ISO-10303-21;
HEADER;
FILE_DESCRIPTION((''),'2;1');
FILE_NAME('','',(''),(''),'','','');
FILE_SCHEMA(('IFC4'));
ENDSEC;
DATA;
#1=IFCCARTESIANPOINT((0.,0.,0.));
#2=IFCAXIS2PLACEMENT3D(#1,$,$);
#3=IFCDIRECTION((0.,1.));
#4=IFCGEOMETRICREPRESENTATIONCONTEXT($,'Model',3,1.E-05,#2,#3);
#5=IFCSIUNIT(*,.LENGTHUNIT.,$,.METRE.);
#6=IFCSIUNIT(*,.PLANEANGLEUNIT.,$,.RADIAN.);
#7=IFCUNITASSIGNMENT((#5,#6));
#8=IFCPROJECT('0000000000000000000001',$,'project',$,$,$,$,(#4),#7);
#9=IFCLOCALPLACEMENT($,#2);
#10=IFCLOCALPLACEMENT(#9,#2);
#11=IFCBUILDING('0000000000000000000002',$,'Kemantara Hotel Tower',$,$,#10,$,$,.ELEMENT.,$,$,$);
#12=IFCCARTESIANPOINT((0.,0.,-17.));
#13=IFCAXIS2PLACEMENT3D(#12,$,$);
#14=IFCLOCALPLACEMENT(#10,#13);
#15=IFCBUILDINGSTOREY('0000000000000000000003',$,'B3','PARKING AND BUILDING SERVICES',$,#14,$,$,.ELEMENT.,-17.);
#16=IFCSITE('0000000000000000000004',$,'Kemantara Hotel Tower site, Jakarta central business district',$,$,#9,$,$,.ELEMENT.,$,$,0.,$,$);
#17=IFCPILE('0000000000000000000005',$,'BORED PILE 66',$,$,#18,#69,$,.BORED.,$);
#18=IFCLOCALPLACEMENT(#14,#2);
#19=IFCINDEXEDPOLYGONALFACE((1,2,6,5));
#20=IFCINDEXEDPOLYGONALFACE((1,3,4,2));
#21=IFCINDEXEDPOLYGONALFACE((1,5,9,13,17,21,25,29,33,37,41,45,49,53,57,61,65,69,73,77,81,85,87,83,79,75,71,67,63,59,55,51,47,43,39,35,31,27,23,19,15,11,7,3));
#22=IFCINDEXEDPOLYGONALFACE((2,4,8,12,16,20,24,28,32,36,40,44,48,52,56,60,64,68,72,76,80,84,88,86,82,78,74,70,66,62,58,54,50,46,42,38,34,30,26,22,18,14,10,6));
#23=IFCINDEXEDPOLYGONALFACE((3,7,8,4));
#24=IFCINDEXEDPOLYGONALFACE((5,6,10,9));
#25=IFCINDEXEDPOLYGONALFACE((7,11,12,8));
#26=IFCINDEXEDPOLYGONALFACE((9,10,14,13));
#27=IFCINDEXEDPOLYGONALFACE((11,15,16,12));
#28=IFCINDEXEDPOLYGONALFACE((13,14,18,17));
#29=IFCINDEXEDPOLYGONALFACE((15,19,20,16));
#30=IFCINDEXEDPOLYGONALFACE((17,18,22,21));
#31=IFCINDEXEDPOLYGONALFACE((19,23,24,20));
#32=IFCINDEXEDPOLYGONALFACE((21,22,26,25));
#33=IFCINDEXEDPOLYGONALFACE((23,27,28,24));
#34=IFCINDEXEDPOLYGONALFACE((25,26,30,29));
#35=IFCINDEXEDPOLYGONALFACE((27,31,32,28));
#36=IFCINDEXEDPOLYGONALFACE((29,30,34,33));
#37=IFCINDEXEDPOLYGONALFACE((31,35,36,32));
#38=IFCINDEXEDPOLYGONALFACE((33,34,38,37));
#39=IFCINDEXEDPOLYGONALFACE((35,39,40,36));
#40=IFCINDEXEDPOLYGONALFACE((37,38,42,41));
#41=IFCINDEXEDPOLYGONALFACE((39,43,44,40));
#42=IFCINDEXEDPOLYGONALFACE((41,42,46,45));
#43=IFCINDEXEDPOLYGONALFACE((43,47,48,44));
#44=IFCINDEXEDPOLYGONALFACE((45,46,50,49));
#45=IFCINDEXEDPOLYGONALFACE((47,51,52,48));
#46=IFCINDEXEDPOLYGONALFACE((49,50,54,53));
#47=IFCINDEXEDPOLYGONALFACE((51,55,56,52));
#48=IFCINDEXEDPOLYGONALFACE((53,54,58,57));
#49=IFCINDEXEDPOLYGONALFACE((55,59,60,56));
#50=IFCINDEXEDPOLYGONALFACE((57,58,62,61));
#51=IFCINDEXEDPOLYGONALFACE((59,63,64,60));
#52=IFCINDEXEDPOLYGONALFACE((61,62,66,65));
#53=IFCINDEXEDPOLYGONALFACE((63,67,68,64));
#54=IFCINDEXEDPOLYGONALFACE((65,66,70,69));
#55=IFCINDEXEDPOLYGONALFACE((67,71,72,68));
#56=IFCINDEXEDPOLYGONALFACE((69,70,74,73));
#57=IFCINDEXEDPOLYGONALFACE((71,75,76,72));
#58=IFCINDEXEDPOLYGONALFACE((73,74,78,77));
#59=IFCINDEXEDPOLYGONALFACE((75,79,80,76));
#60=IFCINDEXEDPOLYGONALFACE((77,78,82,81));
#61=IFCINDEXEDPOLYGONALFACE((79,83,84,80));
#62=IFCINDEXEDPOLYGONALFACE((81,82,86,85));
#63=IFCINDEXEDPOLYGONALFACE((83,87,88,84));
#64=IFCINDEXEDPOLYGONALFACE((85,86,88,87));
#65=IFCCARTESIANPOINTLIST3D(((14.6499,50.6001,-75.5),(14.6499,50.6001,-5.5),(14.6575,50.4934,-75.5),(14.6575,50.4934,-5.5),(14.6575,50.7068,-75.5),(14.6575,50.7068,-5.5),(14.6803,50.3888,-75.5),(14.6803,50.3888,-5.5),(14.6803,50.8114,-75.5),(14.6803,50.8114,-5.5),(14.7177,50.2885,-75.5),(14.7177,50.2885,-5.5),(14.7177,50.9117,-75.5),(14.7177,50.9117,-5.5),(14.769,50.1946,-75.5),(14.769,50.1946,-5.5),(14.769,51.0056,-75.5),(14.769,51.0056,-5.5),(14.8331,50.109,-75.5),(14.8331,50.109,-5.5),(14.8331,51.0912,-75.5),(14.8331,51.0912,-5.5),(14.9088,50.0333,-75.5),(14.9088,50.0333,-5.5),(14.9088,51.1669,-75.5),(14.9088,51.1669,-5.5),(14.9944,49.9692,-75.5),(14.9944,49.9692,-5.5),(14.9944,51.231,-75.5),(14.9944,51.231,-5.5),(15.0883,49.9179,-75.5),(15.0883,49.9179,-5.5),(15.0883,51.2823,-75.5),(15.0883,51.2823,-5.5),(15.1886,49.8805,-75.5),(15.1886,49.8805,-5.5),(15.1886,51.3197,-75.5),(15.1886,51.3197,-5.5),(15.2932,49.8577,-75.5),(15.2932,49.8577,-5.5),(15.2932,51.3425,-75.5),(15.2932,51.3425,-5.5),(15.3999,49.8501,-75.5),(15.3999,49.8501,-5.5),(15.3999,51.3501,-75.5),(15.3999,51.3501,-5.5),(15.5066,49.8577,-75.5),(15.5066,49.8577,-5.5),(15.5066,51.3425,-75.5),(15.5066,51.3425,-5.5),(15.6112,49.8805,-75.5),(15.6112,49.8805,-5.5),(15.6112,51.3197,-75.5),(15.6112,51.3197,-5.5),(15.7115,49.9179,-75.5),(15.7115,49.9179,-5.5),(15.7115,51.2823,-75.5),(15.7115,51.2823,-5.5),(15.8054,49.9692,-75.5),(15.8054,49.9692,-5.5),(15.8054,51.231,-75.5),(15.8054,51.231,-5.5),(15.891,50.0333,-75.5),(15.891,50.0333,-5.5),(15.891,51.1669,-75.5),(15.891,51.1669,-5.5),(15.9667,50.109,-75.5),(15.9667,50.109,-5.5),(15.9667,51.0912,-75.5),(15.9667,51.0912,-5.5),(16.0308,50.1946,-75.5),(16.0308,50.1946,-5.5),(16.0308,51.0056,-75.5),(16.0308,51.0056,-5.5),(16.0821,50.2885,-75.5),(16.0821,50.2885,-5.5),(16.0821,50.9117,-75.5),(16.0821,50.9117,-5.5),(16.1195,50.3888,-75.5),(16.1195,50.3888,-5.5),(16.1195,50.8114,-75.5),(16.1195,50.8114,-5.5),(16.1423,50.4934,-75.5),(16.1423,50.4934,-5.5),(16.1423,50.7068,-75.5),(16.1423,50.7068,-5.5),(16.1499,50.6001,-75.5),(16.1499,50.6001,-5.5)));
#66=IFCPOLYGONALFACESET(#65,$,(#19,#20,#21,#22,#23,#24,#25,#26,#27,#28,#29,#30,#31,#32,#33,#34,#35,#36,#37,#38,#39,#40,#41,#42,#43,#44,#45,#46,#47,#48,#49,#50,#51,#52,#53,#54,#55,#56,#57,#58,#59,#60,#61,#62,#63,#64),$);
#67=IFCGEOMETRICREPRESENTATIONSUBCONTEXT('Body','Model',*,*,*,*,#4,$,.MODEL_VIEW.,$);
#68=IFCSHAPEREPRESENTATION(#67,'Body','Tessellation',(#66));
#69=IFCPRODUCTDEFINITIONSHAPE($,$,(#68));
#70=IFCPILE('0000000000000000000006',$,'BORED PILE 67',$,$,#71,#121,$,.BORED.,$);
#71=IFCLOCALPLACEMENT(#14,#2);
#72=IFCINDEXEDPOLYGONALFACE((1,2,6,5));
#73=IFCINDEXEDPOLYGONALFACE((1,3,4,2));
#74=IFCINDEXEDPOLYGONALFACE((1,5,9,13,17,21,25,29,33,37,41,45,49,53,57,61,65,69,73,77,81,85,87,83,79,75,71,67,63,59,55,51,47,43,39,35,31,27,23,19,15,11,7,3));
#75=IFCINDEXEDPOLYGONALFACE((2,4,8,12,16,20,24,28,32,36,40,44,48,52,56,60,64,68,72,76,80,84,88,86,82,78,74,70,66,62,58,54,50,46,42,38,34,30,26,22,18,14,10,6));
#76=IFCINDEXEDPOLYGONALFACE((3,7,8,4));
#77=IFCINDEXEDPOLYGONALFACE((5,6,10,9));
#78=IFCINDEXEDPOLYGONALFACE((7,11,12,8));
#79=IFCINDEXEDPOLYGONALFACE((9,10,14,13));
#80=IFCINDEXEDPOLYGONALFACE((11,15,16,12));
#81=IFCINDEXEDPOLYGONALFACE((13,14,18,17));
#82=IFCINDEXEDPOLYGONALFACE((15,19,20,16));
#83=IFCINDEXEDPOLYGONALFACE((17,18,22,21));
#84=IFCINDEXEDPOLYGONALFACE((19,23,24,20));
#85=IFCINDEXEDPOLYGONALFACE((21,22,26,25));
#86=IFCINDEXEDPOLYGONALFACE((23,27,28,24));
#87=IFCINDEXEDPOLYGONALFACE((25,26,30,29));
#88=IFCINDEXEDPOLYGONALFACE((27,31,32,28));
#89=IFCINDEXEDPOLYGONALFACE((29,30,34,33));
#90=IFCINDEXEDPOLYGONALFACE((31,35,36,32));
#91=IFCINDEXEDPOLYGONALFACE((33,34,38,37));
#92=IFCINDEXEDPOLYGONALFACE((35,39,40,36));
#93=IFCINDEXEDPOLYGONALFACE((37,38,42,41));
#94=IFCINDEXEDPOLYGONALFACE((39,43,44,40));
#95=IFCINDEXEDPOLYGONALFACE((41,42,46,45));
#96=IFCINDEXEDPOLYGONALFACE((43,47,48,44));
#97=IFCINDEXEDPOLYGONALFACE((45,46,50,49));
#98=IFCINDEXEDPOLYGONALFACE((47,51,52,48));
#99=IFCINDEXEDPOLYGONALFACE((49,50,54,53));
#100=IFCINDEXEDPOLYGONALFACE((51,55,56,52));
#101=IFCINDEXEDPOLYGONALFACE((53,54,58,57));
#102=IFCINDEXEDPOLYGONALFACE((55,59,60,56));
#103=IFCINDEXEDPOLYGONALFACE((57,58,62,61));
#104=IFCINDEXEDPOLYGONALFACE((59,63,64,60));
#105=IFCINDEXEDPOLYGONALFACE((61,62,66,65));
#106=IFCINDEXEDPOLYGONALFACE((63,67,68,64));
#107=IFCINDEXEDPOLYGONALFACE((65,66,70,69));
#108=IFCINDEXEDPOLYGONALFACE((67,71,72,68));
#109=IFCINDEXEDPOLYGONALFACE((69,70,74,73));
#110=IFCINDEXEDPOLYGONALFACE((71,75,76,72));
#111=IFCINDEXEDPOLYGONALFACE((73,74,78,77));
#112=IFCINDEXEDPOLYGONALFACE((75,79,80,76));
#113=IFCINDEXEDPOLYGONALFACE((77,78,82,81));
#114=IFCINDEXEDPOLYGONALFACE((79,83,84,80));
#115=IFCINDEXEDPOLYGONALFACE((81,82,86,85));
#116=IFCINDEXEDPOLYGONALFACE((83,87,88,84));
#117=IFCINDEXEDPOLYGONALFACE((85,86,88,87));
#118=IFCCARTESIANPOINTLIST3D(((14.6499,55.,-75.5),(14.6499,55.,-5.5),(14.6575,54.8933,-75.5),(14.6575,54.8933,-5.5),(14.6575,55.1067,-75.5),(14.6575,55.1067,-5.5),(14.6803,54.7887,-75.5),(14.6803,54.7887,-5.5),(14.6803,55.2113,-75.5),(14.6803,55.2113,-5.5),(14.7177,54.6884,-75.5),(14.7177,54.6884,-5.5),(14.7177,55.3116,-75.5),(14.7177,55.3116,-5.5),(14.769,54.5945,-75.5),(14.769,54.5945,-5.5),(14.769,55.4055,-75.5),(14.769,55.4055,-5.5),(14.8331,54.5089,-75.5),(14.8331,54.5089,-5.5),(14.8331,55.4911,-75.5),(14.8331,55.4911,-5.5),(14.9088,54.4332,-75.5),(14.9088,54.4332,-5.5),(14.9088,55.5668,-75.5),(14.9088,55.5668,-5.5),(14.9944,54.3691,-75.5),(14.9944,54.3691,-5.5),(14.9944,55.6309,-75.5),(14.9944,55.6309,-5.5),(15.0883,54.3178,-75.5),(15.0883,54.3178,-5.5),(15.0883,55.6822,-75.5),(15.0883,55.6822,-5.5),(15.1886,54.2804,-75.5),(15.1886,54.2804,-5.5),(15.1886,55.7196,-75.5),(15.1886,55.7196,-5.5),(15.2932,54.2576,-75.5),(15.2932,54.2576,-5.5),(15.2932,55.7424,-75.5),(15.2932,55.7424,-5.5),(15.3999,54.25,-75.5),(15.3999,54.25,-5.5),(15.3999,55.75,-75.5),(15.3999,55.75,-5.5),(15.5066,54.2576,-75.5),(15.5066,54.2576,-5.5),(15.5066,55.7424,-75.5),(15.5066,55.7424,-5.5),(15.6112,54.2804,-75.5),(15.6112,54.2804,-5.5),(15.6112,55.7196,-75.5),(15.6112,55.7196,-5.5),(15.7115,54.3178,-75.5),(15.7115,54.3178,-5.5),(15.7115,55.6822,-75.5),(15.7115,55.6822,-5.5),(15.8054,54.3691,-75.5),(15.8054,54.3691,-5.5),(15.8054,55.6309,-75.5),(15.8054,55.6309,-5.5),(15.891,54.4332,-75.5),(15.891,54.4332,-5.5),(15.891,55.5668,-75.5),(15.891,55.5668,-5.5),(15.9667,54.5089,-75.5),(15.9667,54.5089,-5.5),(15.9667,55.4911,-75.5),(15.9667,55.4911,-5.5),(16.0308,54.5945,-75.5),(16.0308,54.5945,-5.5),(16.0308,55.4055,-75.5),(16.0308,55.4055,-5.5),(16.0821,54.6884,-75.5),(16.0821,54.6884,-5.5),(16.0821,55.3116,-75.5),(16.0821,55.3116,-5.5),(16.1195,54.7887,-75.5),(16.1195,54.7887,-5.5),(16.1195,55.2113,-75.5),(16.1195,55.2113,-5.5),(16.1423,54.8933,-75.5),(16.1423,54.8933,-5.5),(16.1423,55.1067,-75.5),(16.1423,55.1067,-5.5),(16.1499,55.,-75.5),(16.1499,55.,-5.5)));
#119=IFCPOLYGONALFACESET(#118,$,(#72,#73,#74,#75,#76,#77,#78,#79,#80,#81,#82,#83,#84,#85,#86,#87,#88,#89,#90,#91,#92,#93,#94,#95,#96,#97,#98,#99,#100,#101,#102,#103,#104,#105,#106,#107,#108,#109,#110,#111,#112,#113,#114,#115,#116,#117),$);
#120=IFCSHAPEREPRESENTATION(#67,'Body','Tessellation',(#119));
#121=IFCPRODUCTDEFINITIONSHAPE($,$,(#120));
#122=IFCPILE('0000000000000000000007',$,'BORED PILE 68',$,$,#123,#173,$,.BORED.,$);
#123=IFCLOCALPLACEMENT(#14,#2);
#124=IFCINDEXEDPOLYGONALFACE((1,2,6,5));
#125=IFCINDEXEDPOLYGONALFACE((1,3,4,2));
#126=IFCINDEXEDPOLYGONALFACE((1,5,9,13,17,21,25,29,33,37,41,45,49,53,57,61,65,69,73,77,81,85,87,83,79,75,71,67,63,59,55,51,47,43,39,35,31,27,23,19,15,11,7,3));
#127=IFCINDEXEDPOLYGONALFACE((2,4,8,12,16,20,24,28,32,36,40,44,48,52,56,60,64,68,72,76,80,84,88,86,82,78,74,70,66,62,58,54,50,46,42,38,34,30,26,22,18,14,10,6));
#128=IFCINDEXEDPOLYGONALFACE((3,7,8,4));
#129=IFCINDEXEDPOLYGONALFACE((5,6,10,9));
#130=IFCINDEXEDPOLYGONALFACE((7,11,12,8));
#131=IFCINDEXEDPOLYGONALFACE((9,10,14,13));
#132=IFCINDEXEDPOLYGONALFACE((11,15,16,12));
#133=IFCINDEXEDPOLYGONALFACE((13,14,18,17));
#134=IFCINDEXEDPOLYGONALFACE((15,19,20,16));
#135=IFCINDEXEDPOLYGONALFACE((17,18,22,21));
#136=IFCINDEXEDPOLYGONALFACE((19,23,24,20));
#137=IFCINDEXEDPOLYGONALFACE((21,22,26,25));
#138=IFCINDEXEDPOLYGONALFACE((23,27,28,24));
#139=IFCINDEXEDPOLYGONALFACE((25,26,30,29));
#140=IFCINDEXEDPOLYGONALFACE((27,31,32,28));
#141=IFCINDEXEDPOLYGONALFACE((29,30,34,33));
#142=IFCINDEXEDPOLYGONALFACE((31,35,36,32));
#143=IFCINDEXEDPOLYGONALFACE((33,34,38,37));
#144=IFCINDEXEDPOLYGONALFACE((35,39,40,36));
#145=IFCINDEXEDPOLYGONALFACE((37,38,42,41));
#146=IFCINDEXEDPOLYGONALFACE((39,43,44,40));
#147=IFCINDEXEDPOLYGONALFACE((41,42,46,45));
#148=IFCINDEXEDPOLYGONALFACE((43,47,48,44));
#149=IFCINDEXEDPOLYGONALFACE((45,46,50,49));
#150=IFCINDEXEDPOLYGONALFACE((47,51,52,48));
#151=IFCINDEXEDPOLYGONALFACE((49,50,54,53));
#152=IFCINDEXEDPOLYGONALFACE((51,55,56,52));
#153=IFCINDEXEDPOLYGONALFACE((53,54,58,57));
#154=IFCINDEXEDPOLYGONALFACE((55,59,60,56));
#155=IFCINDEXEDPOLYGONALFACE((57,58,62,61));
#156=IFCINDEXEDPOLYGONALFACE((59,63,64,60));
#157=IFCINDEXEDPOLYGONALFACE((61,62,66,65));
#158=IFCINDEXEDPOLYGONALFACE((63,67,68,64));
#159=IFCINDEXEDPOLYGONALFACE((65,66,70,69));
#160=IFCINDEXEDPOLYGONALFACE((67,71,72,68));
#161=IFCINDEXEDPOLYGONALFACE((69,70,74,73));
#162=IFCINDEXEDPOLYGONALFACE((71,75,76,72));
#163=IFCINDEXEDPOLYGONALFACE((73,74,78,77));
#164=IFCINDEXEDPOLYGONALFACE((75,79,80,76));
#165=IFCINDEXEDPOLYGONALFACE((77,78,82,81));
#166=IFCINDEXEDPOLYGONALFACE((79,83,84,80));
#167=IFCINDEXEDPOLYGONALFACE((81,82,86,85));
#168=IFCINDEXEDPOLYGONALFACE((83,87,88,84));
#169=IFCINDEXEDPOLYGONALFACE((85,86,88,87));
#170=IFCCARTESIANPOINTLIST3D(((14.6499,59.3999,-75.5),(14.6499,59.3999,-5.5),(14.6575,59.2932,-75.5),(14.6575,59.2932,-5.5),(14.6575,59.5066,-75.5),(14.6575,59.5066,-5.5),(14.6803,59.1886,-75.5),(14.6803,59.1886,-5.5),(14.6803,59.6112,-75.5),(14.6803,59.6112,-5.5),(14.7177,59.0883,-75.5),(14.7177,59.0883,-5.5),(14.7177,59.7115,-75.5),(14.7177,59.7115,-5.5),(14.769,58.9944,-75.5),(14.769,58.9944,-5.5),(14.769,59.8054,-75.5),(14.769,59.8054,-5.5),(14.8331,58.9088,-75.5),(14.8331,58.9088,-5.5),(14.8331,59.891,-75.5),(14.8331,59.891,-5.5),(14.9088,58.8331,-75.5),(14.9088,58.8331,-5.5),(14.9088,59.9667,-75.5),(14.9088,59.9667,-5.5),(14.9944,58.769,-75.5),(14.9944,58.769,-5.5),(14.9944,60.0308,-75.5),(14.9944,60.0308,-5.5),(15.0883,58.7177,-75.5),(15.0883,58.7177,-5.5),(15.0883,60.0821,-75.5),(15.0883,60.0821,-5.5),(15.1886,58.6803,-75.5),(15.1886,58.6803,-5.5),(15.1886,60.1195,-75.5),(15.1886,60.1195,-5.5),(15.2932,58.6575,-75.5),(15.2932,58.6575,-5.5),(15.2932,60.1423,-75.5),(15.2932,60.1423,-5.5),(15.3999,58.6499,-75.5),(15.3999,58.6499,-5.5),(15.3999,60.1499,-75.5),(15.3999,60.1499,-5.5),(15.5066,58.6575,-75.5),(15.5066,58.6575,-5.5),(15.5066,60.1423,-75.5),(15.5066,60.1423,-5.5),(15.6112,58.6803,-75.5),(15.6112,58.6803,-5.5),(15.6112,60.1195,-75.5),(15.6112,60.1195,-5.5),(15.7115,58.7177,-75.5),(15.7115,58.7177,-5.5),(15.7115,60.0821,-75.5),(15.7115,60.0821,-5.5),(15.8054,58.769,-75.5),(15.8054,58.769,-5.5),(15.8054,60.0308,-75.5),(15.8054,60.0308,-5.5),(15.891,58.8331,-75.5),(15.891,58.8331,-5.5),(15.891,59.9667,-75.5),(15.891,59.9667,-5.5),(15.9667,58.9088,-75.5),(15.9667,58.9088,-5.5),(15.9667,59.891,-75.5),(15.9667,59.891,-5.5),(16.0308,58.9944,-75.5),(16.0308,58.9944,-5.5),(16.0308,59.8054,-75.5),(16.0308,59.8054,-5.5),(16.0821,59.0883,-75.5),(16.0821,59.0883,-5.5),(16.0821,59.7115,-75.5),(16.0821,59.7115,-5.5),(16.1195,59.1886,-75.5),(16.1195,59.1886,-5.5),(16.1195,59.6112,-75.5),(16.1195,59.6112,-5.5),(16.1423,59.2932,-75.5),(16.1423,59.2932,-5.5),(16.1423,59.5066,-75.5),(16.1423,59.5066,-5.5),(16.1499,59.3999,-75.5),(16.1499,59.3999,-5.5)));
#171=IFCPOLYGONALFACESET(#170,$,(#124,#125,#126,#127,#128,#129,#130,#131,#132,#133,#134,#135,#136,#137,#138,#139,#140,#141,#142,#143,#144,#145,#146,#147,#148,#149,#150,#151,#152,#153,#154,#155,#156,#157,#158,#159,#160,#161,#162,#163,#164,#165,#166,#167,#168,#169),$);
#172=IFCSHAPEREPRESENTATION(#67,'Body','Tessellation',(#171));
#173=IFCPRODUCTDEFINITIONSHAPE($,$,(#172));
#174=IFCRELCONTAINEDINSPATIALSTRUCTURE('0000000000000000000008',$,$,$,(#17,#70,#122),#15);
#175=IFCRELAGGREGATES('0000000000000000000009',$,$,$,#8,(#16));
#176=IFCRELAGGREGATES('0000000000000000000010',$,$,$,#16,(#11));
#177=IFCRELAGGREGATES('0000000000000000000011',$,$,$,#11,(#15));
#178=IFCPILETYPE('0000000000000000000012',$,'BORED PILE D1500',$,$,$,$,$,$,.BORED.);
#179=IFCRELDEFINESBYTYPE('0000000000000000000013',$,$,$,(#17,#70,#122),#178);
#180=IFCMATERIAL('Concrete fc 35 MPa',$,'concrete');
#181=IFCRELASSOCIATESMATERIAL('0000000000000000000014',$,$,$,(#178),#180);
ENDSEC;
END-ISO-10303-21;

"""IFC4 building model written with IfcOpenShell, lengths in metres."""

from ifc_helpers import new_model, si_unit, direction, frame, origin, origin_2d, place, context, subcontext, project, spatial, circle, extrude, material, material_profile, profile_set, type_object, element, save


model = new_model("IFC4")

# Units and contexts
model_context = context("Model", 3, precision=1e-05, world=origin(), true_north=direction((0.0, 1.0)))
body_context = subcontext(model_context, "Body", "Model", "MODEL_VIEW")
ifc_project = project(units=[si_unit("LENGTHUNIT", "METRE"), si_unit("PLANEANGLEUNIT", "RADIAN")], contexts=[model_context])

# Site, building, storey
site_placement = place(None, origin())
site = spatial("IfcSite", under=ifc_project, at=site_placement, Name="Kemantara Hotel Tower site, Jakarta central business district", CompositionType="ELEMENT", RefElevation=0.0)
building_placement = place(site_placement, origin())
building = spatial("IfcBuilding", under=site, at=building_placement, Name="Kemantara Hotel Tower", CompositionType="ELEMENT")
storey_placement = place(building_placement, frame((0.0, 0.0, -17.0)))
storey = spatial("IfcBuildingStorey", under=building, at=storey_placement, Name="B3", Description="PARKING AND BUILDING SERVICES", CompositionType="ELEMENT", Elevation=-17.0)

# Piles
ifc_material_1 = material(Name="Concrete fc 35 MPa", Category="concrete")
ifc_material_profile_1 = material_profile(ifc_material_1, circle(Radius=0.75, at=origin_2d()), Name="BORED PILE D1500")
ifc_profile_set_1 = profile_set([ifc_material_profile_1], Name="Concrete fc 35 MPa")
pile_type = type_object("IfcPileType", Name="BORED PILE D1500", PredefinedType="BORED", material=ifc_profile_set_1)
for number, where, z_axis, x_axis, name in (
    (1, (15.3999, 50.6001, -5.5), (0.0, 0.0, -1.0), (1.0, 0.0, 0.0), "BORED PILE 66"),
    (2, (15.3999, 55.0, -5.5), (0.0, 0.0, -1.0), (1.0, 0.0, 0.0), "BORED PILE 67"),
    (3, (15.3999, 59.3999, -5.5), (0.0, 0.0, -1.0), (1.0, 0.0, 0.0), "BORED PILE 68"),
):
    element("IfcPile", number, at=place(storey_placement, frame(where, z_axis=z_axis, x_axis=x_axis)), inside=storey, type_object=pile_type, Name=name, PredefinedType="BORED", context=body_context, shape_type="SweptSolid", body=[
        extrude(circle(Radius=0.75, at=origin_2d()), origin(), (0.0, 0.0, 1.0), 70.0),
    ])

save(model, "model.ifc")
